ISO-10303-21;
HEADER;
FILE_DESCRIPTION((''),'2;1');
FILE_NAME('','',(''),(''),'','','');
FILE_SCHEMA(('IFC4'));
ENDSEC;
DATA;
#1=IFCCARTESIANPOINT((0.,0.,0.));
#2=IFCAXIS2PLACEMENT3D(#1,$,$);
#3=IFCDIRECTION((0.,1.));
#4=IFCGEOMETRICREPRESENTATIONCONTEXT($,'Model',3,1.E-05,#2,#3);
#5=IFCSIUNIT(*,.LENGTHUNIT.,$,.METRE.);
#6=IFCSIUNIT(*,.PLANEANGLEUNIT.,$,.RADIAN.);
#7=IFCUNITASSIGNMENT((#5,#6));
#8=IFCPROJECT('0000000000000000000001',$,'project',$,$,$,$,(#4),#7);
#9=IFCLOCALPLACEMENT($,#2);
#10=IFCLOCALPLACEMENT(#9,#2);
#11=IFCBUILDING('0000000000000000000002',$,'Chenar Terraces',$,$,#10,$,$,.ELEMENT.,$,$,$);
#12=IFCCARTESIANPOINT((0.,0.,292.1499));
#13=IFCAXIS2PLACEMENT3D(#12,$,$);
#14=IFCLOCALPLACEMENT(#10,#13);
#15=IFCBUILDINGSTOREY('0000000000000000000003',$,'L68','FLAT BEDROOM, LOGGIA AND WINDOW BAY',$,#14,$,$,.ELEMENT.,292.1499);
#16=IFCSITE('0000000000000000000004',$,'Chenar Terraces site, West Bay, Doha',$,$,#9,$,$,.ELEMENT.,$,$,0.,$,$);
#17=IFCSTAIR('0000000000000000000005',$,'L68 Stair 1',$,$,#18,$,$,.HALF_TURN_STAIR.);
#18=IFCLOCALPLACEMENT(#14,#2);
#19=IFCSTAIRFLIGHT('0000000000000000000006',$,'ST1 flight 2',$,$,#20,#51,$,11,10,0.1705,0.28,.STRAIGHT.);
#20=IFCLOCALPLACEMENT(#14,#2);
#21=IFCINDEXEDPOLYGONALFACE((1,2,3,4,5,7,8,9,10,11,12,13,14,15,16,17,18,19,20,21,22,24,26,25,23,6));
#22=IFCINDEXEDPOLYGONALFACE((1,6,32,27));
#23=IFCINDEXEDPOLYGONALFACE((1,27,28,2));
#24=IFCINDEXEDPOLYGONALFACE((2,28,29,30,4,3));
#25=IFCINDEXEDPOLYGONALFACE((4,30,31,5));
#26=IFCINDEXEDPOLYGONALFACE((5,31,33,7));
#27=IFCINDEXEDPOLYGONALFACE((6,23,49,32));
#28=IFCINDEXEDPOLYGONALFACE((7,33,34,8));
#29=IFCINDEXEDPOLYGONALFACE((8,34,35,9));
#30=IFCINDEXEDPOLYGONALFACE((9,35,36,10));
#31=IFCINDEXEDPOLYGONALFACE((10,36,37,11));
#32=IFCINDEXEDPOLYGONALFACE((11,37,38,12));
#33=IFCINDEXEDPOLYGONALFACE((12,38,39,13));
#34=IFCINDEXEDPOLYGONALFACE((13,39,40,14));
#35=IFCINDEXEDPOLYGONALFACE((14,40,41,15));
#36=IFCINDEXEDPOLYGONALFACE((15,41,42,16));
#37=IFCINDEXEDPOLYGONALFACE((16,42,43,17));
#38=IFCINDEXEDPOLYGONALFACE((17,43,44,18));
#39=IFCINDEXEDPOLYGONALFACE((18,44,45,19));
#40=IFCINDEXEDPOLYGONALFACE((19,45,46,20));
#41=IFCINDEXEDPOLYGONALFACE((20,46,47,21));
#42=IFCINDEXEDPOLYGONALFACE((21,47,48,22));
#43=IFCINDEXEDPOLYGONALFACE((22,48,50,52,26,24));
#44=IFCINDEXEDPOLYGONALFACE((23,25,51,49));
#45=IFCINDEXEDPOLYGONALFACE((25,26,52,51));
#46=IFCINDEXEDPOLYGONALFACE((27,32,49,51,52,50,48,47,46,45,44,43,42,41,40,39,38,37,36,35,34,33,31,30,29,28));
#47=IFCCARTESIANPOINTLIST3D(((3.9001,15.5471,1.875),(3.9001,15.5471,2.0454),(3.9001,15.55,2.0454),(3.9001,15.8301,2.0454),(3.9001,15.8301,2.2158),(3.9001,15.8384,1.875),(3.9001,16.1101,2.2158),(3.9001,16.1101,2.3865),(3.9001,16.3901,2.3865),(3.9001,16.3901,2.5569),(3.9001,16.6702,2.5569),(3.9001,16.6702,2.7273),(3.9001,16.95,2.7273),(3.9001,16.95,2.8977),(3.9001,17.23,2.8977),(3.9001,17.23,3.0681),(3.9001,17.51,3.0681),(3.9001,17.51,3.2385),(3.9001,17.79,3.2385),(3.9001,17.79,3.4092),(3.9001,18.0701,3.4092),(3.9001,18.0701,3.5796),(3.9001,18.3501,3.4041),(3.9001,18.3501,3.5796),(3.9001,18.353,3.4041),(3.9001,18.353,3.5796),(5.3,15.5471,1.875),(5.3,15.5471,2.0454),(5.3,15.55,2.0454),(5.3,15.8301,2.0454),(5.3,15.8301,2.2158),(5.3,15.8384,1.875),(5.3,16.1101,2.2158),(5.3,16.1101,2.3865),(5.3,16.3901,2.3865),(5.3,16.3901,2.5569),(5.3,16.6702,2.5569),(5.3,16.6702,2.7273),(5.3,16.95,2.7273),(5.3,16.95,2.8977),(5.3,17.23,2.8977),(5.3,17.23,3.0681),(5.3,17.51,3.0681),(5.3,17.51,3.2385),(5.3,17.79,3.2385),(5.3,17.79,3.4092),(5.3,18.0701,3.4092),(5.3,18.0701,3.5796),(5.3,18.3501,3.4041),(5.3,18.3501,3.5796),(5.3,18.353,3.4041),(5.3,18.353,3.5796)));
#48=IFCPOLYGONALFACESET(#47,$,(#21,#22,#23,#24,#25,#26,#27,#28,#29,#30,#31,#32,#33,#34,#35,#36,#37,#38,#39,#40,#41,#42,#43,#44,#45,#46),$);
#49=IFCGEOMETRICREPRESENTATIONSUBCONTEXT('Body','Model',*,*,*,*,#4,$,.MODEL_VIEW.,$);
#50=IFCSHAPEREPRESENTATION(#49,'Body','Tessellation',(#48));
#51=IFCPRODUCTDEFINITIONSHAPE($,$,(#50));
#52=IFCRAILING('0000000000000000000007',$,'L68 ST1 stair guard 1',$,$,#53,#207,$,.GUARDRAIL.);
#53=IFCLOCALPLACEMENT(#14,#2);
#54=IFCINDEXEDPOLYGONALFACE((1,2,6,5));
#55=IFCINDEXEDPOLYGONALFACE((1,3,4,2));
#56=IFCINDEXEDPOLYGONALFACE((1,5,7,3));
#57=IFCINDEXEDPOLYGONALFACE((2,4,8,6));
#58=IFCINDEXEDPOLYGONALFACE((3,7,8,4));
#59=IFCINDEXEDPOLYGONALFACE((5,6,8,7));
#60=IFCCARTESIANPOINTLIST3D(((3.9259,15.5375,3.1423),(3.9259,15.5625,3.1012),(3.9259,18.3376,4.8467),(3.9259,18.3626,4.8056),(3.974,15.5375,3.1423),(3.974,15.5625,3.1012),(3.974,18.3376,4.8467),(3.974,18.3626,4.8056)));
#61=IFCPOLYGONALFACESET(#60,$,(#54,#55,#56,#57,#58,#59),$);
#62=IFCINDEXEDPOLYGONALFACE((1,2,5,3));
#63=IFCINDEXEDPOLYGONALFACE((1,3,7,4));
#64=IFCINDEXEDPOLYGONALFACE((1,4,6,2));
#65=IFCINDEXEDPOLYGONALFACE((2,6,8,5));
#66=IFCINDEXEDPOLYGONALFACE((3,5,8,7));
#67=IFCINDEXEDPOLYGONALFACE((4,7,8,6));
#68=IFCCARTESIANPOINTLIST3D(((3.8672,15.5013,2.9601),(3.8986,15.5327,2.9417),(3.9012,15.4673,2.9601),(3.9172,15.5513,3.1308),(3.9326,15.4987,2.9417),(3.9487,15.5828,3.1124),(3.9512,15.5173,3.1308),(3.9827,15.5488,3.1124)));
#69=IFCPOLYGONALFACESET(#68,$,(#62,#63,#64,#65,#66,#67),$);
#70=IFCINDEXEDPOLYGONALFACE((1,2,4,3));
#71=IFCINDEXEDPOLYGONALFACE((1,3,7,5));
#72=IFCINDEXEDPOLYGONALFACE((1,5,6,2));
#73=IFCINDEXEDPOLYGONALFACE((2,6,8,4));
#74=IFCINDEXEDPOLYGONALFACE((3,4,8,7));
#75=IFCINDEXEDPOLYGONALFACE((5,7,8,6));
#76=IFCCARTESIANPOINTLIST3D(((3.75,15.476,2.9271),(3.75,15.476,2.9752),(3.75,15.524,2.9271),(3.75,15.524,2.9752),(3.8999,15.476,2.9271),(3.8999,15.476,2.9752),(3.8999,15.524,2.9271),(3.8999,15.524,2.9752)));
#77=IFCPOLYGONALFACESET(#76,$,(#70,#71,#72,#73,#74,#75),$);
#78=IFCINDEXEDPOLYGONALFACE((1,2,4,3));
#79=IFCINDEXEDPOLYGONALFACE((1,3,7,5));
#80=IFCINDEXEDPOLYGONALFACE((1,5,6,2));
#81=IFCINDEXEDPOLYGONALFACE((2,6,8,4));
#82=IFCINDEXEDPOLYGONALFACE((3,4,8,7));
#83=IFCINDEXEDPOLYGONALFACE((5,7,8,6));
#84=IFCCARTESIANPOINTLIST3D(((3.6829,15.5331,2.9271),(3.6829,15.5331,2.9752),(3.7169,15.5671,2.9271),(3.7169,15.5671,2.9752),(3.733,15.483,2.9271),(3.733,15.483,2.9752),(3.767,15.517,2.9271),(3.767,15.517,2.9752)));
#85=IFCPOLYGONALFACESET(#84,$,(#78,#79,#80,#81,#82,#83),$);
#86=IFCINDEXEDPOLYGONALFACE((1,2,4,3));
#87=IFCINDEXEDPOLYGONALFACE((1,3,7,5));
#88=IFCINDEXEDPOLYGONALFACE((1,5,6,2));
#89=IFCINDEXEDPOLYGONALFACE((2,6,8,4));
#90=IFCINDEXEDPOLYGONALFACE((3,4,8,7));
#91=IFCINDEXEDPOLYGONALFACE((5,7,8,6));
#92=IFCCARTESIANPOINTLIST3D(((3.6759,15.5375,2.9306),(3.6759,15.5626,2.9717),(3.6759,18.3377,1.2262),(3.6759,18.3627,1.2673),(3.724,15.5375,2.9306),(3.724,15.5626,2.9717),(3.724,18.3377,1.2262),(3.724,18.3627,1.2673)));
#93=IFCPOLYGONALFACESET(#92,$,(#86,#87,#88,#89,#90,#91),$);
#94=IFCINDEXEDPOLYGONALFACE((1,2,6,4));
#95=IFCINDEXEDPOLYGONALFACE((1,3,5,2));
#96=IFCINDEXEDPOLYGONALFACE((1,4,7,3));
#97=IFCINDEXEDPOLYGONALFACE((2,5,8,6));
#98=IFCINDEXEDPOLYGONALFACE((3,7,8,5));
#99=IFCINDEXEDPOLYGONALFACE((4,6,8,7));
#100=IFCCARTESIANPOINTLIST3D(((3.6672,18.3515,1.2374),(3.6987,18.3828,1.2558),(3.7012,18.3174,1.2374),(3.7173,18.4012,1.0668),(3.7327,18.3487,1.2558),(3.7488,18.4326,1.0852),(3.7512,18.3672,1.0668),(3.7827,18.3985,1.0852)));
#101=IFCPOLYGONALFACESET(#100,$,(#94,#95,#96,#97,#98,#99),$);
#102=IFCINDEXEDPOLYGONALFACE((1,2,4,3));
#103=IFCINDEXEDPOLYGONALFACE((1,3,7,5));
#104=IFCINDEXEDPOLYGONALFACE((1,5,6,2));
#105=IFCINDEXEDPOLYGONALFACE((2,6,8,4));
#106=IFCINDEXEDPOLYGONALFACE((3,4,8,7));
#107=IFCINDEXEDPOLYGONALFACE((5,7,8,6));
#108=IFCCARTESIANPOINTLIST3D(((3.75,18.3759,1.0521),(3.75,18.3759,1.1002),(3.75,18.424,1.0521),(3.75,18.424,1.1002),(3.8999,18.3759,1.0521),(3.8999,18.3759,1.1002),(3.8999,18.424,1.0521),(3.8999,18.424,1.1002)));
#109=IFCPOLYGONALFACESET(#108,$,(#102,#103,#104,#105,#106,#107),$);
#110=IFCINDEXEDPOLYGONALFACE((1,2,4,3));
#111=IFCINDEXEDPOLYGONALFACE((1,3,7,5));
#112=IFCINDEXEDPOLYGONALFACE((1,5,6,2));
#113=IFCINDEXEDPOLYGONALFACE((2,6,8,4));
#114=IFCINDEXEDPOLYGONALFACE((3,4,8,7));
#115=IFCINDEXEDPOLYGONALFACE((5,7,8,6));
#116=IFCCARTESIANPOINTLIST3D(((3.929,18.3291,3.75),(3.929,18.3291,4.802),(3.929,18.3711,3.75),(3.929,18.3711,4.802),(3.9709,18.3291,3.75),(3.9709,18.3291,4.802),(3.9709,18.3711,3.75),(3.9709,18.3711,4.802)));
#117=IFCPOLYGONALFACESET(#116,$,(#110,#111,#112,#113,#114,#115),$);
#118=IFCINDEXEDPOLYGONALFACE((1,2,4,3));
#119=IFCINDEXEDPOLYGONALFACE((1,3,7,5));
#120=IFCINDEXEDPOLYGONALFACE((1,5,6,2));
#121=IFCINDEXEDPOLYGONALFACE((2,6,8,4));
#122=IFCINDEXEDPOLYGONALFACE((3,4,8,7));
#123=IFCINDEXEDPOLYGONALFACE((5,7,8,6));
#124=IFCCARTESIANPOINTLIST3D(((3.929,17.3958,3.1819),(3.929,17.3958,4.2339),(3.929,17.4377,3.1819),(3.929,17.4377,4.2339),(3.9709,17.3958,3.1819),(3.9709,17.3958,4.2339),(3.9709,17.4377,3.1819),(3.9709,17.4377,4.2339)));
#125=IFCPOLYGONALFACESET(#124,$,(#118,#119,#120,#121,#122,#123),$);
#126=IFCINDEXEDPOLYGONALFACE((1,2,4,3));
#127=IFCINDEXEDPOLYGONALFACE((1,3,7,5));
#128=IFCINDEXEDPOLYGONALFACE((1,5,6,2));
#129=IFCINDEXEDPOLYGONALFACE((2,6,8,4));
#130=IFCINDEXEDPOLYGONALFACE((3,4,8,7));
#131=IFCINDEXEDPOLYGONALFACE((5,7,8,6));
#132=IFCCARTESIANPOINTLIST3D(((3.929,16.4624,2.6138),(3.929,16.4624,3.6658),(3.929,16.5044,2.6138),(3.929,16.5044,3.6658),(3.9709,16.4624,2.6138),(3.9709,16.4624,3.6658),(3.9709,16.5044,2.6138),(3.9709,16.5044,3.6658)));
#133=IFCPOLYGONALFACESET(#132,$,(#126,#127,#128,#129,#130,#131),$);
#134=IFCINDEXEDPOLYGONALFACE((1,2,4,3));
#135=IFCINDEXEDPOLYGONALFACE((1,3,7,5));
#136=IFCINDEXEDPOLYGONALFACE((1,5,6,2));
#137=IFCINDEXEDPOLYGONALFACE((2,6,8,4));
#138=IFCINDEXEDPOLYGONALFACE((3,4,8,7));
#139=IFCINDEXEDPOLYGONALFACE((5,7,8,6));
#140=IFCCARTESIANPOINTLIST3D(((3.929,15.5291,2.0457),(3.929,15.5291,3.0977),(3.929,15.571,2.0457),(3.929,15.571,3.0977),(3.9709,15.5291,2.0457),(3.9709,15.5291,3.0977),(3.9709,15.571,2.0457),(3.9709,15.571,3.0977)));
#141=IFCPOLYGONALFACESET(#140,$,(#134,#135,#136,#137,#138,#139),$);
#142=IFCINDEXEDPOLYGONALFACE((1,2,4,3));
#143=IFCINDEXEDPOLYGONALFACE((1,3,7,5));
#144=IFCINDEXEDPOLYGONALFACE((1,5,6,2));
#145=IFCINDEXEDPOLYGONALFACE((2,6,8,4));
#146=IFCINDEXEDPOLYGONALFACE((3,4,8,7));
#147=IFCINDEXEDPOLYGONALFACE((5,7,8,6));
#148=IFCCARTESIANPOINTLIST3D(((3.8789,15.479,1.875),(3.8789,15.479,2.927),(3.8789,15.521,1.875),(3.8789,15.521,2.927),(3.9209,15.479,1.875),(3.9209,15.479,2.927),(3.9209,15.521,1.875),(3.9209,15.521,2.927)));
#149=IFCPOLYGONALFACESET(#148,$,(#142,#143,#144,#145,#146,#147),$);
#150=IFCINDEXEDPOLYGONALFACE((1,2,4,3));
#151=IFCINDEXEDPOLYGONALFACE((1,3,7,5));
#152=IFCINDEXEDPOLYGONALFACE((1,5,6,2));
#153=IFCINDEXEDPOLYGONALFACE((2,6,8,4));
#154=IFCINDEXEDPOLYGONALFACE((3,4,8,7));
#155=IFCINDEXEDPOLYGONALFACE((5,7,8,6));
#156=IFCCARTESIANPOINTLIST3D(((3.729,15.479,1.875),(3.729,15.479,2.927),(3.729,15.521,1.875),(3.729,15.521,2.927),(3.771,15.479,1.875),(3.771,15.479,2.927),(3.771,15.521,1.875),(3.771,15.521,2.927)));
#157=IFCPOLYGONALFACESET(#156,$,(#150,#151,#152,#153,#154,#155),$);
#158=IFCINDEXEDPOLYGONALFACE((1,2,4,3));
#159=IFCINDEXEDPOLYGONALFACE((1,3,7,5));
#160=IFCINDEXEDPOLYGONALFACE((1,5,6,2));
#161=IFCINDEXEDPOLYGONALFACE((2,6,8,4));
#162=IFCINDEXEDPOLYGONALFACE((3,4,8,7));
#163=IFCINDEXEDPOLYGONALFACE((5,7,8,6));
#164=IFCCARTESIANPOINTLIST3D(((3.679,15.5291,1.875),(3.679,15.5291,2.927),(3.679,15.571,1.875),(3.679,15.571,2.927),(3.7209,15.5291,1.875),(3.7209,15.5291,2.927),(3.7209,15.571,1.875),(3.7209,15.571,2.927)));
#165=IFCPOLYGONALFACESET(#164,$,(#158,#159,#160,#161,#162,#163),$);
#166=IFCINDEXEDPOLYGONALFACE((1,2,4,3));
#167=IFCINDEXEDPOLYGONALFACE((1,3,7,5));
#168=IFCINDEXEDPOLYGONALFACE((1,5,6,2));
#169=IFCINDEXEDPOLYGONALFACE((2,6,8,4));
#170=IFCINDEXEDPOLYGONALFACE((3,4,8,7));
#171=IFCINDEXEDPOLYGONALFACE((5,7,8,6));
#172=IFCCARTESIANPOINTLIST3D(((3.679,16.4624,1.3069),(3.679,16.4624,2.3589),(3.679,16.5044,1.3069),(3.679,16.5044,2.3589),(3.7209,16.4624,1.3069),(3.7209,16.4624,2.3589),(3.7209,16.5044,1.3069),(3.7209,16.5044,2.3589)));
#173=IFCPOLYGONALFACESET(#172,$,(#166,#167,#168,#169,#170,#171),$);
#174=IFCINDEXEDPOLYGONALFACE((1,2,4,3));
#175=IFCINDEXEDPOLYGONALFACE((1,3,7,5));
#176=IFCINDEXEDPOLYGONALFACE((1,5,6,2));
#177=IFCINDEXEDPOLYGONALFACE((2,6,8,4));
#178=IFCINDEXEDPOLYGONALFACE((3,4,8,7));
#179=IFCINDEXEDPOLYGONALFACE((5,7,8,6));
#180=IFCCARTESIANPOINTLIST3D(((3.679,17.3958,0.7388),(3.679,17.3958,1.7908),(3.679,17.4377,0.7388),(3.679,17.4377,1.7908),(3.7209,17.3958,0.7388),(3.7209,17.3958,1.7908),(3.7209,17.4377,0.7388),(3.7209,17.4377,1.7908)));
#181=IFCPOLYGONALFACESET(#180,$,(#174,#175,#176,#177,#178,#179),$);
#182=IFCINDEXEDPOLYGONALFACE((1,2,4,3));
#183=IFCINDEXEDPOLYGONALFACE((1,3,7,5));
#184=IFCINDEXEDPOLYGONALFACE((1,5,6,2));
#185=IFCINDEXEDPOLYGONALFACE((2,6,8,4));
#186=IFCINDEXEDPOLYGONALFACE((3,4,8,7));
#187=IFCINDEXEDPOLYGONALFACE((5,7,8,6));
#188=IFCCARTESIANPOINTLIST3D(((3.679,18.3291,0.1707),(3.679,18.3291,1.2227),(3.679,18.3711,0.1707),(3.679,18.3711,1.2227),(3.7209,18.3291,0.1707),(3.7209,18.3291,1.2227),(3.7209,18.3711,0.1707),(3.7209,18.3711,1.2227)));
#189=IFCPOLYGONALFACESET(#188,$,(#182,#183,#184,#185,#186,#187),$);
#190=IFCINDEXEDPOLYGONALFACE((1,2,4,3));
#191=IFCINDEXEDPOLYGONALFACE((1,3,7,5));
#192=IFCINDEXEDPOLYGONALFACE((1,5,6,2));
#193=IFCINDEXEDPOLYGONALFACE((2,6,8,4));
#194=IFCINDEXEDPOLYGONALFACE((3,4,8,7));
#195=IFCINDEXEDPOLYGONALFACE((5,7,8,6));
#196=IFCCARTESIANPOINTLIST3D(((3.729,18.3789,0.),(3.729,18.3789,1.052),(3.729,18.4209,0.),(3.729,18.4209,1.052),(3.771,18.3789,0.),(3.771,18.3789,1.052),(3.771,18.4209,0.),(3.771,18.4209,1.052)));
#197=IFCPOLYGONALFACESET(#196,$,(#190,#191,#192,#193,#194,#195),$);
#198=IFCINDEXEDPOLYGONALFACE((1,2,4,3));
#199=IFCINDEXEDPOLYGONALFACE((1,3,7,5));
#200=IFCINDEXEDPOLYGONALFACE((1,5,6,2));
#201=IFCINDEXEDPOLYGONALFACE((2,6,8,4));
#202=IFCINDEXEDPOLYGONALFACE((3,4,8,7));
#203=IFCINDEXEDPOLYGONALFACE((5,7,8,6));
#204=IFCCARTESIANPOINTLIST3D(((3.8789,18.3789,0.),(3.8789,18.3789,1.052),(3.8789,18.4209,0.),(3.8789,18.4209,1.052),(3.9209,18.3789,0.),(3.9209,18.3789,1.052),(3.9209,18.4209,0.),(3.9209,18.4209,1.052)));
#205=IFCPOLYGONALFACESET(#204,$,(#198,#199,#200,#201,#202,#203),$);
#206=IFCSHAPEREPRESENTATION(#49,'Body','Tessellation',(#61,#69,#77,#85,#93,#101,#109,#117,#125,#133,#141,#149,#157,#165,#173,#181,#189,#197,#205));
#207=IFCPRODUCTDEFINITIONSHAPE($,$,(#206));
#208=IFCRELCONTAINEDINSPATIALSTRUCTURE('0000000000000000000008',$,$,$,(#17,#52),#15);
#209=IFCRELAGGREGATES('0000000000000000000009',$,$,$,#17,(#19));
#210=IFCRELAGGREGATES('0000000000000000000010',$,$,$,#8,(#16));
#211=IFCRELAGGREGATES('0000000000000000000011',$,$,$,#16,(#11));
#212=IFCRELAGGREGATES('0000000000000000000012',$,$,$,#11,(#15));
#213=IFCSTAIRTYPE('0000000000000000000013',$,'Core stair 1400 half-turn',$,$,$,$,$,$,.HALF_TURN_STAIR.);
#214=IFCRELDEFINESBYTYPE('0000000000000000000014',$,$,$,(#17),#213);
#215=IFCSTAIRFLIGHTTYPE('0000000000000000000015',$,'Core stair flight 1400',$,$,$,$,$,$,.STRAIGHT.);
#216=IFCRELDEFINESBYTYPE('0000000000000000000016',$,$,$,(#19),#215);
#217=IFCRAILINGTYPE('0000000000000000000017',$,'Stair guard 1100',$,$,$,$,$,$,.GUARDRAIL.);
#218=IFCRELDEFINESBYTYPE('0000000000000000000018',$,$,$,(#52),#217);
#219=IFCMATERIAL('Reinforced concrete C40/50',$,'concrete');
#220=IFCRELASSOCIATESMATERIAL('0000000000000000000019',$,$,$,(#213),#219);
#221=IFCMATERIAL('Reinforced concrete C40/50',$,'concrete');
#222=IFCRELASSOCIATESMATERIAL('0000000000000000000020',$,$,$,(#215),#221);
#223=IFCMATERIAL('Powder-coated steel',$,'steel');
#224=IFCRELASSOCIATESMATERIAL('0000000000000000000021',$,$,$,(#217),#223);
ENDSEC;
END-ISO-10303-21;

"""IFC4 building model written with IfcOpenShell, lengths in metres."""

from ifc_helpers import new_model, si_unit, direction, frame, origin, origin_2d, place, context, subcontext, project, spatial, polyline, rectangle, outline, extrude, material, type_object, element, aggregate, save


model = new_model("IFC4")

# Units and contexts
model_context = context("Model", 3, precision=1e-05, world=origin(), true_north=direction((0.0, 1.0)))
body_context = subcontext(model_context, "Body", "Model", "MODEL_VIEW")
ifc_project = project(units=[si_unit("LENGTHUNIT", "METRE"), si_unit("PLANEANGLEUNIT", "RADIAN")], contexts=[model_context])

# Site, building, storey
site_placement = place(None, origin())
site = spatial("IfcSite", under=ifc_project, at=site_placement, Name="Chenar Terraces site, West Bay, Doha", CompositionType="ELEMENT", RefElevation=0.0)
building_placement = place(site_placement, origin())
building = spatial("IfcBuilding", under=site, at=building_placement, Name="Chenar Terraces", CompositionType="ELEMENT")
storey_placement = place(building_placement, frame((0.0, 0.0, 292.1499)))
storey = spatial("IfcBuildingStorey", under=building, at=storey_placement, Name="L68", Description="FLAT BEDROOM, LOGGIA AND WINDOW BAY", CompositionType="ELEMENT", Elevation=292.1499)

# Stair, stair flight
ifc_material_1 = material(Name="Reinforced concrete C40/50", Category="concrete")
stair_type = type_object("IfcStairType", Name="Core stair 1400 half-turn", PredefinedType="HALF_TURN_STAIR", material=ifc_material_1)
stair_placement = place(storey_placement, origin())
stair = element("IfcStair", 1, at=stair_placement, inside=storey, type_object=stair_type, Name="L68 Stair 1", PredefinedType="HALF_TURN_STAIR")
ifc_material_2 = material(Name="Reinforced concrete C40/50", Category="concrete")
stair_flight_type = type_object("IfcStairFlightType", Name="Core stair flight 1400", PredefinedType="STRAIGHT", material=ifc_material_2)
stair_flight_1_placement = place(storey_placement, frame((4.6001, 15.55, 1.875), z_axis=(0.0, 0.0, 1.0), x_axis=(0.0, 1.0, 0.0)))
stair_flight_1 = element("IfcStairFlight", 2, at=stair_flight_1_placement, type_object=stair_flight_type, Name="ST1 flight 2", NumberOfRisers=11, NumberOfTreads=10, PredefinedType="STRAIGHT", RiserHeight=0.1705, TreadLength=0.28, context=body_context, shape_type="SweptSolid", body=[
    extrude(outline(polyline([(-0.0029, 0.0), (-0.0029, 0.1704), (0.0, 0.1704), (0.28, 0.1704), (0.28, 0.3408), (0.5601, 0.3408), (0.5601, 0.5115), (0.8401, 0.5115), (0.8401, 0.6819), (1.1201, 0.6819), (1.1201, 0.8523), (1.3999, 0.8523), (1.3999, 1.0227), (1.6799, 1.0227), (1.6799, 1.1931), (1.96, 1.1931), (1.96, 1.3635), (2.24, 1.3635), (2.24, 1.5342), (2.52, 1.5342), (2.52, 1.7046), (2.8, 1.7046), (2.803, 1.7046), (2.803, 1.5291), (2.8, 1.5291), (0.2883, 0.0), (-0.0029, 0.0)])), frame((0.0, 0.7, 0.0), z_axis=(0.0, -1.0, 0.0), x_axis=(1.0, 0.0, 0.0)), (0.0, 0.0, 1.0), 1.3999),
])
aggregate(stair, [stair_flight_1])

# Railing
ifc_material_3 = material(Name="Powder-coated steel", Category="steel")
railing_type_1 = type_object("IfcRailingType", Name="Stair guard 1100", PredefinedType="GUARDRAIL", material=ifc_material_3)
railing_1_placement = place(storey_placement, frame((3.95, 18.3501, 3.75)))
element("IfcRailing", 3, at=railing_1_placement, inside=storey, type_object=railing_type_1, Name="L68 ST1 stair guard 1", PredefinedType="GUARDRAIL", context=body_context, shape_type="SweptSolid", body=[
    extrude(rectangle(XDim=0.0481, YDim=0.0481, at=origin_2d()), frame((0.0, 0.0, 1.0762), z_axis=(0.0, -0.854203, -0.51994), x_axis=(1.0, 0.0, 0.0)), (0.0, 0.0, 1.0), 3.2781),
    extrude(rectangle(XDim=0.0481, YDim=0.0481, at=origin_2d()), frame((0.0, -2.8, -0.6284), z_axis=(-0.2709, -0.2709, -0.923703), x_axis=(0.707107, -0.707107, 0.0)), (0.0, 0.0, 1.0), 0.1848),
    extrude(rectangle(XDim=0.0481, YDim=0.0481, at=origin_2d()), frame((-0.05, -2.8501, -0.7988), z_axis=(-1.0, 0.0, 0.0), x_axis=(0.0, -1.0, 0.0)), (0.0, 0.0, 1.0), 0.1499),
    extrude(rectangle(XDim=0.0481, YDim=0.0481, at=origin_2d()), frame((-0.2, -2.8501, -0.7988), z_axis=(-0.707107, 0.707107, 0.0), x_axis=(-0.707107, -0.707107, 0.0)), (0.0, 0.0, 1.0), 0.0708),
    extrude(rectangle(XDim=0.0481, YDim=0.0481, at=origin_2d()), frame((-0.25, -2.8, -0.7988), z_axis=(0.0, 0.854203, -0.51994), x_axis=(-1.0, 0.0, 0.0)), (0.0, 0.0, 1.0), 3.2781),
    extrude(rectangle(XDim=0.0481, YDim=0.0481, at=origin_2d()), frame((-0.25, 0.0, -2.5034), z_axis=(0.270997, 0.269675, -0.924033), x_axis=(-0.705376, 0.708834, 0.0)), (0.0, 0.0, 1.0), 0.1846),
    extrude(rectangle(XDim=0.0481, YDim=0.0481, at=origin_2d()), frame((-0.2, 0.0498, -2.6738), z_axis=(1.0, 0.0, 0.0), x_axis=(0.0, 1.0, 0.0)), (0.0, 0.0, 1.0), 0.1499),
    extrude(rectangle(XDim=0.042, YDim=0.042, at=origin_2d()), origin(), (0.0, 0.0, 1.0), 1.052),
    extrude(rectangle(XDim=0.042, YDim=0.042, at=origin_2d()), frame((0.0, -0.9333, -0.5681)), (0.0, 0.0, 1.0), 1.052),
    extrude(rectangle(XDim=0.042, YDim=0.042, at=origin_2d()), frame((0.0, -1.8667, -1.1362)), (0.0, 0.0, 1.0), 1.052),
    extrude(rectangle(XDim=0.042, YDim=0.042, at=origin_2d()), frame((0.0, -2.8, -1.7043)), (0.0, 0.0, 1.0), 1.052),
    extrude(rectangle(XDim=0.042, YDim=0.042, at=origin_2d()), frame((-0.05, -2.8501, -1.875)), (0.0, 0.0, 1.0), 1.052),
    extrude(rectangle(XDim=0.042, YDim=0.042, at=origin_2d()), frame((-0.2, -2.8501, -1.875)), (0.0, 0.0, 1.0), 1.052),
    extrude(rectangle(XDim=0.042, YDim=0.042, at=origin_2d()), frame((-0.25, -2.8, -1.875)), (0.0, 0.0, 1.0), 1.052),
    extrude(rectangle(XDim=0.042, YDim=0.042, at=origin_2d()), frame((-0.25, -1.8667, -2.4431)), (0.0, 0.0, 1.0), 1.052),
    extrude(rectangle(XDim=0.042, YDim=0.042, at=origin_2d()), frame((-0.25, -0.9333, -3.0112)), (0.0, 0.0, 1.0), 1.052),
    extrude(rectangle(XDim=0.042, YDim=0.042, at=origin_2d()), frame((-0.25, 0.0, -3.5793)), (0.0, 0.0, 1.0), 1.052),
    extrude(rectangle(XDim=0.042, YDim=0.042, at=origin_2d()), frame((-0.2, 0.0498, -3.75)), (0.0, 0.0, 1.0), 1.052),
    extrude(rectangle(XDim=0.042, YDim=0.042, at=origin_2d()), frame((-0.05, 0.0498, -3.75)), (0.0, 0.0, 1.0), 1.052),
])

save(model, "model.ifc")
